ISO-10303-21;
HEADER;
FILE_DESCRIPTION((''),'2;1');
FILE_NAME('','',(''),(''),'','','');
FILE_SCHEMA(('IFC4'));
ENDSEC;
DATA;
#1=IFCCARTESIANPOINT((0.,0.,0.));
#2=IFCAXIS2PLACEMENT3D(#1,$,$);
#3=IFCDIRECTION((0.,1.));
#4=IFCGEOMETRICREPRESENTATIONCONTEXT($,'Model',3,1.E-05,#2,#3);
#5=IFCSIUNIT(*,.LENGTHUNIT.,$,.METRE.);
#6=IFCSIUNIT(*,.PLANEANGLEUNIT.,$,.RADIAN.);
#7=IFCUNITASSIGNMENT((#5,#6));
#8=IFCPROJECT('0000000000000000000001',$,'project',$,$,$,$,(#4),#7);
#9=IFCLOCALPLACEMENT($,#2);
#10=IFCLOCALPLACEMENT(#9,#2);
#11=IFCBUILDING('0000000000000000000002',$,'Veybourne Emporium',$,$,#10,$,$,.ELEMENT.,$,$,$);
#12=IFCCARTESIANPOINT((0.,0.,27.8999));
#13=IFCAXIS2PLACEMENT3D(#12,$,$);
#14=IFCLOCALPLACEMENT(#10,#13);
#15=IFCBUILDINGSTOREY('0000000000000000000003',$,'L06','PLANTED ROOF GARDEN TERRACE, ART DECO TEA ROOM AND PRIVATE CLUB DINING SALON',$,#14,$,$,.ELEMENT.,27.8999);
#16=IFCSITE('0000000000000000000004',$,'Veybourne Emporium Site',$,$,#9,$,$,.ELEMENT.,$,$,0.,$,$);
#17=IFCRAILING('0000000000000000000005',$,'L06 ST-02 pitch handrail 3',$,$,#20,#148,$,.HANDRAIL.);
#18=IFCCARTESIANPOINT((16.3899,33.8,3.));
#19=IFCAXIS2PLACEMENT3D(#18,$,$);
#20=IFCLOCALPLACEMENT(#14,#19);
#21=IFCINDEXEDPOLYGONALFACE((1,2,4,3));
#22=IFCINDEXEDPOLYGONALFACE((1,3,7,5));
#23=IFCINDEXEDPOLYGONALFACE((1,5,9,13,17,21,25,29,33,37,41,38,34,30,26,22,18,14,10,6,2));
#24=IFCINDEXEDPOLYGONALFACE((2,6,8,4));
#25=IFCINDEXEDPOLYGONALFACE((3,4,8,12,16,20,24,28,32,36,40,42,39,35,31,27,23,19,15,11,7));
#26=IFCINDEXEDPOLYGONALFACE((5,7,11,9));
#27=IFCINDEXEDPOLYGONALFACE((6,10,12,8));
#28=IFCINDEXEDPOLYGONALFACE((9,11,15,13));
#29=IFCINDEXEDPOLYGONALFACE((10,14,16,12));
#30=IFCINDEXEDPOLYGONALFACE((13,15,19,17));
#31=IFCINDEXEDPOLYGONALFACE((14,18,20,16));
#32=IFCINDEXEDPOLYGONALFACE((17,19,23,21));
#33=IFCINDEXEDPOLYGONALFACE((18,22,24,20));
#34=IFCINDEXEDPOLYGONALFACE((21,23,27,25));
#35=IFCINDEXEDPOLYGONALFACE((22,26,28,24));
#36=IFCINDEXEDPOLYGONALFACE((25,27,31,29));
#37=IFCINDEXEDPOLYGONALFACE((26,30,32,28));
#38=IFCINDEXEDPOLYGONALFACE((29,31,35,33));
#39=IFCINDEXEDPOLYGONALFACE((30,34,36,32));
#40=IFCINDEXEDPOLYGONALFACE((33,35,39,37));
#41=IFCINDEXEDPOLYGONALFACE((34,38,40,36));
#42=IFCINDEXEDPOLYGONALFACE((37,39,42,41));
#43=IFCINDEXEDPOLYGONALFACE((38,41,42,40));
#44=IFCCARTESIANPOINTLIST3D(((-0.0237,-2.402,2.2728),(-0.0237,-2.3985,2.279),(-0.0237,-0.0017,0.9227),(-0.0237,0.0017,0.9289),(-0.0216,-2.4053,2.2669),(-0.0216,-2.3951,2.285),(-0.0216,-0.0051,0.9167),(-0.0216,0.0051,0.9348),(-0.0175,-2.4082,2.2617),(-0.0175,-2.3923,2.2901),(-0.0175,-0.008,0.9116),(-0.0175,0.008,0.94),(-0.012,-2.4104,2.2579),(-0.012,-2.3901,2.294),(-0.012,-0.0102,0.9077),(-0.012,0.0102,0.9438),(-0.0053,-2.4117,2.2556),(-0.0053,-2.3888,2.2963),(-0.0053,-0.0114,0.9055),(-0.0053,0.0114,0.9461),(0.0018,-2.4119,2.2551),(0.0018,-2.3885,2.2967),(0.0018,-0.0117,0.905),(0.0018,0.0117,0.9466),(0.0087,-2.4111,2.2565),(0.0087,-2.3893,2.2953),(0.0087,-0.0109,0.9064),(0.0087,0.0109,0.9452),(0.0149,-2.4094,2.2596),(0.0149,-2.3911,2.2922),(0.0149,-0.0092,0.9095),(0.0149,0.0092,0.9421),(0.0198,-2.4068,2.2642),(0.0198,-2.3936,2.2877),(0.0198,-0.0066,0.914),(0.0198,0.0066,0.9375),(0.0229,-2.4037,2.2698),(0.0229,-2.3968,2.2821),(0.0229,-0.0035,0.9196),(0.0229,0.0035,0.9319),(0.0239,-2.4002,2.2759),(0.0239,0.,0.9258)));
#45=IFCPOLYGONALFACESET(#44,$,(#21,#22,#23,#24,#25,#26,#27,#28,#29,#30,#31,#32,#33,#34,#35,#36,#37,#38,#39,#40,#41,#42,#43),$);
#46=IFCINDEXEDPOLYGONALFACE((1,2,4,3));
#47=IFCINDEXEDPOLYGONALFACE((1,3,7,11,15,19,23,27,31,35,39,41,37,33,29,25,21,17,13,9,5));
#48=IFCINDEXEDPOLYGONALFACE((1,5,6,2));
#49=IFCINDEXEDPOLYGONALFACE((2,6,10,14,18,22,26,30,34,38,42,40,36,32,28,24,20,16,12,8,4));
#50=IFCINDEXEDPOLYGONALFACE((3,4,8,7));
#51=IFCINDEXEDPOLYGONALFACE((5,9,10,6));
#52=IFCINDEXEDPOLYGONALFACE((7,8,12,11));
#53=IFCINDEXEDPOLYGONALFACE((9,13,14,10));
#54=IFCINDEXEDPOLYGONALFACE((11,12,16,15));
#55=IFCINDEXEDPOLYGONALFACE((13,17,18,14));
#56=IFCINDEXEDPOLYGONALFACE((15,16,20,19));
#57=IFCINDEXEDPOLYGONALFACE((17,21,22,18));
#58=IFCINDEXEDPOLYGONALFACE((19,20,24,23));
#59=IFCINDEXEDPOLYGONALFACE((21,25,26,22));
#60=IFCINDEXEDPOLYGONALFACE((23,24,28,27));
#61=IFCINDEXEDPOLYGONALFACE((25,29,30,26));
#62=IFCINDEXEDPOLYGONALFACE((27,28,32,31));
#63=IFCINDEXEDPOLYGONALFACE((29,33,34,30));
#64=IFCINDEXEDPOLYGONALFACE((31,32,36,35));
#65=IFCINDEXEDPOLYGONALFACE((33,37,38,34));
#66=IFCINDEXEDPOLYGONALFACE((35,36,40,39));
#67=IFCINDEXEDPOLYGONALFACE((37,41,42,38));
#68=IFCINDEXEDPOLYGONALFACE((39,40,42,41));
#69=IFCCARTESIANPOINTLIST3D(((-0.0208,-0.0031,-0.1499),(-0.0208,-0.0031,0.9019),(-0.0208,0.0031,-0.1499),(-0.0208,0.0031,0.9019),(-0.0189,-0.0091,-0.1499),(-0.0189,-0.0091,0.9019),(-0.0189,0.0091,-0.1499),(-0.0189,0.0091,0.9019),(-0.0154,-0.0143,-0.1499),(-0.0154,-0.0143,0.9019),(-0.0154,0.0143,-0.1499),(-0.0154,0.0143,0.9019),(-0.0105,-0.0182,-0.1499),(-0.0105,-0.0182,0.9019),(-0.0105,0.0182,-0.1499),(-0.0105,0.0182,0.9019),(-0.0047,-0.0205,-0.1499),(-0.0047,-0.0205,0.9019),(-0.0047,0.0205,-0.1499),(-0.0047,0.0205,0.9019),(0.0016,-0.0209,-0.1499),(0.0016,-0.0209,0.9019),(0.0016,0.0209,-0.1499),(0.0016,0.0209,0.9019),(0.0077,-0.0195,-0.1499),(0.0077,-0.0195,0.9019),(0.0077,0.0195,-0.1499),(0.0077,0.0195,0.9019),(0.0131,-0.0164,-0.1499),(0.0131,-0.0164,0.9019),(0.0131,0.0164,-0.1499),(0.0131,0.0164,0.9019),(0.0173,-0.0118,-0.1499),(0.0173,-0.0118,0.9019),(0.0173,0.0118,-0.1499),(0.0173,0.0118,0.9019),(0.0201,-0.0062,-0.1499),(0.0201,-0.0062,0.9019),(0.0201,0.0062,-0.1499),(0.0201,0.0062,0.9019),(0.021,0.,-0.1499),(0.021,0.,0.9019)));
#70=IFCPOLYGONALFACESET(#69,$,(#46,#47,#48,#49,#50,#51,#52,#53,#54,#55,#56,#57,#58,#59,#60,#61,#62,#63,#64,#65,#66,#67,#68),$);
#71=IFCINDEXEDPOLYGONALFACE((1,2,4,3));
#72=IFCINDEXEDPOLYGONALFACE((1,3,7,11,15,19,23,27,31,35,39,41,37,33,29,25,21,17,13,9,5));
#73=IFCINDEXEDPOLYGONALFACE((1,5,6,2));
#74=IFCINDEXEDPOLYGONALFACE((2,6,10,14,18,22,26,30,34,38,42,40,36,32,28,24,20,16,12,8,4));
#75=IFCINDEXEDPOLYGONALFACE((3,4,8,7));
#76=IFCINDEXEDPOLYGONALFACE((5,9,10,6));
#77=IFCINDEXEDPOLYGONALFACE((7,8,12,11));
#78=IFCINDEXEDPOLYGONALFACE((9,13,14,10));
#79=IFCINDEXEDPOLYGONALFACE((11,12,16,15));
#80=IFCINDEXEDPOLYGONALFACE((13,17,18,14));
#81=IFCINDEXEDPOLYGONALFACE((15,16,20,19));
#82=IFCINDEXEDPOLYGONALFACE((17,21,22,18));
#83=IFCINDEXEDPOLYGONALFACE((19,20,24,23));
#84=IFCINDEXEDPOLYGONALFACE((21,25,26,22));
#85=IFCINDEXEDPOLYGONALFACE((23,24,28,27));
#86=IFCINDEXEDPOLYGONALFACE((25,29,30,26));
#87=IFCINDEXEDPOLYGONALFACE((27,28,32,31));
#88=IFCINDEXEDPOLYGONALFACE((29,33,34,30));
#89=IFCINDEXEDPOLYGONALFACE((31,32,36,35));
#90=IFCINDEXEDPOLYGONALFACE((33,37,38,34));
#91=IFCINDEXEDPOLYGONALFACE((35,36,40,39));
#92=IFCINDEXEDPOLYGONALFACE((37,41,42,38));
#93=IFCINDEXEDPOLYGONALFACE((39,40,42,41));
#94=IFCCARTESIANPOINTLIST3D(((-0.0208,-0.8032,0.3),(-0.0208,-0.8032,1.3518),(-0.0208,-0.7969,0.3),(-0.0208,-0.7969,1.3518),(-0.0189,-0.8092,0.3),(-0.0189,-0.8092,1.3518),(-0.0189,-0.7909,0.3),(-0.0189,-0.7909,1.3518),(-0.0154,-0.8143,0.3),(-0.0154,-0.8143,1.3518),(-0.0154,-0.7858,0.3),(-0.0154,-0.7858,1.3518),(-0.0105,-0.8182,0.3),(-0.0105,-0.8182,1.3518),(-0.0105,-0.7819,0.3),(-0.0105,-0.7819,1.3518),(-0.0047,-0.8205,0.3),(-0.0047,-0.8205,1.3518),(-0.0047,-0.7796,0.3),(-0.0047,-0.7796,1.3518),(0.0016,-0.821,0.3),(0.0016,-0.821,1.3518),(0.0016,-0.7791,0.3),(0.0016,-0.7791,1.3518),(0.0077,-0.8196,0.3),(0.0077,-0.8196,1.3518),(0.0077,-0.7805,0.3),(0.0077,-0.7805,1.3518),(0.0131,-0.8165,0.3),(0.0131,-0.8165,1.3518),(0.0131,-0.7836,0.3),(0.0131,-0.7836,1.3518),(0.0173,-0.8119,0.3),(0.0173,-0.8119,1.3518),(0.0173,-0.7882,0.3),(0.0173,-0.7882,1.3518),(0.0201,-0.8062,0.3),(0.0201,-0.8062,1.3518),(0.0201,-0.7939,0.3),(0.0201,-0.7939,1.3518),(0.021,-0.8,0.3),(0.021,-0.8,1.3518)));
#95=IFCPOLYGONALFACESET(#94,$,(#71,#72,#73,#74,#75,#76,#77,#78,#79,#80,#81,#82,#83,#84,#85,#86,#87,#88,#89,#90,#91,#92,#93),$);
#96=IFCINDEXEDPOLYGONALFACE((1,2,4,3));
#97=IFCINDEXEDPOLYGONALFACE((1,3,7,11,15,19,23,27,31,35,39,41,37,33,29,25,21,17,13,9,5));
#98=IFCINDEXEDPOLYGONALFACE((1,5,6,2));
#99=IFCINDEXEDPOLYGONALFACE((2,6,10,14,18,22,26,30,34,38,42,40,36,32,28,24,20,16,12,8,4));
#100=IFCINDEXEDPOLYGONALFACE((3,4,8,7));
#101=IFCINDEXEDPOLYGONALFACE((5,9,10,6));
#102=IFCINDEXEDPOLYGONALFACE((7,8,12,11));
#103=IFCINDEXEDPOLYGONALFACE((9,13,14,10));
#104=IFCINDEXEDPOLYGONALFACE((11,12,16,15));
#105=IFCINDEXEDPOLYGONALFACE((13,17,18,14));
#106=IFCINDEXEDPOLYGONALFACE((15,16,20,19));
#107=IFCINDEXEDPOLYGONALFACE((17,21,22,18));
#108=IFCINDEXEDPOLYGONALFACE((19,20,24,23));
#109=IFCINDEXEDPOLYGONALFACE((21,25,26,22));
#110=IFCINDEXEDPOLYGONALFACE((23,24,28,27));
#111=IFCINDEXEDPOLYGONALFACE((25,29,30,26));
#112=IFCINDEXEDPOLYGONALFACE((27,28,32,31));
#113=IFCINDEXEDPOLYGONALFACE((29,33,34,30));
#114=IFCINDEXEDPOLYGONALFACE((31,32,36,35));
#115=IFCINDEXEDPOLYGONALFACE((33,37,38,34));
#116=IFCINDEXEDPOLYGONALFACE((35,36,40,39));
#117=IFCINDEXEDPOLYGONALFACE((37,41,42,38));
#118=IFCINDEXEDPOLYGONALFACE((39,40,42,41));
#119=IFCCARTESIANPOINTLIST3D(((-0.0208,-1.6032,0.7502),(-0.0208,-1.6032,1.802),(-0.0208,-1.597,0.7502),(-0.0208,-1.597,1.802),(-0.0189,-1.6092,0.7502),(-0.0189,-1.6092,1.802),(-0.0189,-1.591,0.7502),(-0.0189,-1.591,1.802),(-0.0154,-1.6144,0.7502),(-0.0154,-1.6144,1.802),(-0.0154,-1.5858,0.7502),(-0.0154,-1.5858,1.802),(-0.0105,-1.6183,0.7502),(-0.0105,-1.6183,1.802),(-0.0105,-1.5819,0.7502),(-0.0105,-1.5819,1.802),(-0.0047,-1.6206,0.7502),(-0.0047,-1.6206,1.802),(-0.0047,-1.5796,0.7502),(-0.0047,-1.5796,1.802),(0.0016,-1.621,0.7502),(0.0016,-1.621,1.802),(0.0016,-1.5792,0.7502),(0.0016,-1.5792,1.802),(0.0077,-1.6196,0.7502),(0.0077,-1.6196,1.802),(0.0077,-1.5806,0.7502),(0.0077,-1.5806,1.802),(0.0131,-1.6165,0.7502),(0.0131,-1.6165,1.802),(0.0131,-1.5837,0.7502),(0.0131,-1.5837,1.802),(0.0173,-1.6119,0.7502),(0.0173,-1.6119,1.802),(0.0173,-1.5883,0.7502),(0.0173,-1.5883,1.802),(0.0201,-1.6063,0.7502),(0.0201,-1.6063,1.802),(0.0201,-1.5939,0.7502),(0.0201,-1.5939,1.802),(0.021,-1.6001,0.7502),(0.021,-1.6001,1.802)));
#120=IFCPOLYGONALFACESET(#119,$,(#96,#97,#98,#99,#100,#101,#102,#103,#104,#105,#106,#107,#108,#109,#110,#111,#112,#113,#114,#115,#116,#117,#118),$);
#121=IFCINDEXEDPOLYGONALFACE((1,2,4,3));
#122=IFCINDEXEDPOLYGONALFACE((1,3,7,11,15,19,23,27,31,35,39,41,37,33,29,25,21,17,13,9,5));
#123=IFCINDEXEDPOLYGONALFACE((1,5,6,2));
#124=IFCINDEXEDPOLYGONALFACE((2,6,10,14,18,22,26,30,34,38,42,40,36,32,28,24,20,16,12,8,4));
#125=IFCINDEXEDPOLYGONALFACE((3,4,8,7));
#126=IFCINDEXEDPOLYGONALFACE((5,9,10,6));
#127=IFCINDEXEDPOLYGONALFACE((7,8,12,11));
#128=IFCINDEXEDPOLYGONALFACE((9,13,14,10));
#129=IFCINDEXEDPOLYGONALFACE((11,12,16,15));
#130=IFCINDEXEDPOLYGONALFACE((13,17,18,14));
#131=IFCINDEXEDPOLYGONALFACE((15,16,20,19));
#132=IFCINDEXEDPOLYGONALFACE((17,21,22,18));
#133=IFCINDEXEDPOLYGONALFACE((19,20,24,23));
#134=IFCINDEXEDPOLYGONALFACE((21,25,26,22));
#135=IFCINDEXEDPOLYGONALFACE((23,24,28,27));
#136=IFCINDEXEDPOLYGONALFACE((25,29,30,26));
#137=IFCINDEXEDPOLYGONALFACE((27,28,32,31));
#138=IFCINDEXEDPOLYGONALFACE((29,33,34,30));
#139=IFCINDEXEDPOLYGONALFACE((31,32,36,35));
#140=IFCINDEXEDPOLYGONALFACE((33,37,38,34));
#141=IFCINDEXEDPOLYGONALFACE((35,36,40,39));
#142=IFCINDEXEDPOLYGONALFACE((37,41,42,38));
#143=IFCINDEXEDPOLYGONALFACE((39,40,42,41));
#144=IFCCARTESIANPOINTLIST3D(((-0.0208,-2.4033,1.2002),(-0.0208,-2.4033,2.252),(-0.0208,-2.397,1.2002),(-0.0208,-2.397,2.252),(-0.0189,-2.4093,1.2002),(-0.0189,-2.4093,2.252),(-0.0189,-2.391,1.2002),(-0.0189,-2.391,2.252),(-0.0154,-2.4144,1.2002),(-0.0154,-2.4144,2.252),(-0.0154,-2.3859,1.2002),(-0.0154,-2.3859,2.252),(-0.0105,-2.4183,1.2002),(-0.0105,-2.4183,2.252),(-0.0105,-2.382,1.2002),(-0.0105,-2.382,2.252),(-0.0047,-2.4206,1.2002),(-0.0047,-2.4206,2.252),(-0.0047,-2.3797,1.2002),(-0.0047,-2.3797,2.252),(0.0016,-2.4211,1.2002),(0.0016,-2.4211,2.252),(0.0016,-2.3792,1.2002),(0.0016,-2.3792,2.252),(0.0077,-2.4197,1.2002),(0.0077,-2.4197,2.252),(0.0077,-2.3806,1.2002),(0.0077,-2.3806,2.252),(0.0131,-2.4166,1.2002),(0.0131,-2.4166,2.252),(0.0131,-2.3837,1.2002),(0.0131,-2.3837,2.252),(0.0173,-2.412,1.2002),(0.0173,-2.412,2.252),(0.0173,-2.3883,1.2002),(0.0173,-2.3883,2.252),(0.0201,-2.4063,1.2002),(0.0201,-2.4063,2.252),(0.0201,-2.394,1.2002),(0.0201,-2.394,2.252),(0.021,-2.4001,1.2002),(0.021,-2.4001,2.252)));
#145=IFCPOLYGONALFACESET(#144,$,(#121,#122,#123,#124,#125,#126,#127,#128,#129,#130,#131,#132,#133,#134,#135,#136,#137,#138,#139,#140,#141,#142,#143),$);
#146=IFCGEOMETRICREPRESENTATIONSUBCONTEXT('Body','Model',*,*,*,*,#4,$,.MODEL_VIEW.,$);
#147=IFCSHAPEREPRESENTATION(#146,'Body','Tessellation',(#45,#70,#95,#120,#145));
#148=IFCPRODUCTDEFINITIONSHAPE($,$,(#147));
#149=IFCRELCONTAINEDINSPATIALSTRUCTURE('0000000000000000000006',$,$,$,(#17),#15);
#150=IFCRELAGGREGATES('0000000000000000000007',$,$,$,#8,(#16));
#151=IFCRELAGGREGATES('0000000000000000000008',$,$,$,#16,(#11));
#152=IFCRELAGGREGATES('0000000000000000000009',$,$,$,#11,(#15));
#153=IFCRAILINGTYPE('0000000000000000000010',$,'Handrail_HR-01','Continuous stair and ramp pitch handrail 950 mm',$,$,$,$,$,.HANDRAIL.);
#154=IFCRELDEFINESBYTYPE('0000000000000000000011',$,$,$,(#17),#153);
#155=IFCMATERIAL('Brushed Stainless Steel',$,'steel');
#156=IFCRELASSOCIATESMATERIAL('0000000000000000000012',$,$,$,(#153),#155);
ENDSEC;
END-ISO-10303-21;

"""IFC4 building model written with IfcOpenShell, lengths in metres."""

from ifc_helpers import new_model, si_unit, direction, frame, origin, origin_2d, place, context, subcontext, project, spatial, circle, extrude, material, type_object, element, save


model = new_model("IFC4")

# Units and contexts
model_context = context("Model", 3, precision=1e-05, world=origin(), true_north=direction((0.0, 1.0)))
body_context = subcontext(model_context, "Body", "Model", "MODEL_VIEW")
ifc_project = project(units=[si_unit("LENGTHUNIT", "METRE"), si_unit("PLANEANGLEUNIT", "RADIAN")], contexts=[model_context])

# Site, building, storey
site_placement = place(None, origin())
site = spatial("IfcSite", under=ifc_project, at=site_placement, Name="Veybourne Emporium Site", CompositionType="ELEMENT", RefElevation=0.0)
building_placement = place(site_placement, origin())
building = spatial("IfcBuilding", under=site, at=building_placement, Name="Veybourne Emporium", CompositionType="ELEMENT")
storey_placement = place(building_placement, frame((0.0, 0.0, 27.8999)))
storey = spatial("IfcBuildingStorey", under=building, at=storey_placement, Name="L06", Description="PLANTED ROOF GARDEN TERRACE, ART DECO TEA ROOM AND PRIVATE CLUB DINING SALON", CompositionType="ELEMENT", Elevation=27.8999)

# Railing
ifc_material_1 = material(Name="Brushed Stainless Steel", Category="steel")
railing_type_1 = type_object("IfcRailingType", Name="Handrail_HR-01", Description="Continuous stair and ramp pitch handrail 950 mm", PredefinedType="HANDRAIL", material=ifc_material_1)
railing_1_placement = place(storey_placement, frame((16.3899, 33.8, 3.0)))
element("IfcRailing", 1, at=railing_1_placement, inside=storey, type_object=railing_type_1, Name="L06 ST-02 pitch handrail 3", PredefinedType="HANDRAIL", context=body_context, shape_type="SweptSolid", body=[
    extrude(circle(Radius=0.0239, at=origin_2d()), frame((0.0, 0.0, 0.9258), z_axis=(0.0, -0.871573, 0.490265), x_axis=(1.0, 0.0, 0.0)), (0.0, 0.0, 1.0), 2.7539),
    extrude(circle(Radius=0.021, at=origin_2d()), frame((0.0, 0.0, -0.1499)), (0.0, 0.0, 1.0), 1.0518),
    extrude(circle(Radius=0.021, at=origin_2d()), frame((0.0, -0.8, 0.3)), (0.0, 0.0, 1.0), 1.0518),
    extrude(circle(Radius=0.021, at=origin_2d()), frame((0.0, -1.6001, 0.7502)), (0.0, 0.0, 1.0), 1.0518),
    extrude(circle(Radius=0.021, at=origin_2d()), frame((0.0, -2.4001, 1.2002)), (0.0, 0.0, 1.0), 1.0518),
])

save(model, "model.ifc")
